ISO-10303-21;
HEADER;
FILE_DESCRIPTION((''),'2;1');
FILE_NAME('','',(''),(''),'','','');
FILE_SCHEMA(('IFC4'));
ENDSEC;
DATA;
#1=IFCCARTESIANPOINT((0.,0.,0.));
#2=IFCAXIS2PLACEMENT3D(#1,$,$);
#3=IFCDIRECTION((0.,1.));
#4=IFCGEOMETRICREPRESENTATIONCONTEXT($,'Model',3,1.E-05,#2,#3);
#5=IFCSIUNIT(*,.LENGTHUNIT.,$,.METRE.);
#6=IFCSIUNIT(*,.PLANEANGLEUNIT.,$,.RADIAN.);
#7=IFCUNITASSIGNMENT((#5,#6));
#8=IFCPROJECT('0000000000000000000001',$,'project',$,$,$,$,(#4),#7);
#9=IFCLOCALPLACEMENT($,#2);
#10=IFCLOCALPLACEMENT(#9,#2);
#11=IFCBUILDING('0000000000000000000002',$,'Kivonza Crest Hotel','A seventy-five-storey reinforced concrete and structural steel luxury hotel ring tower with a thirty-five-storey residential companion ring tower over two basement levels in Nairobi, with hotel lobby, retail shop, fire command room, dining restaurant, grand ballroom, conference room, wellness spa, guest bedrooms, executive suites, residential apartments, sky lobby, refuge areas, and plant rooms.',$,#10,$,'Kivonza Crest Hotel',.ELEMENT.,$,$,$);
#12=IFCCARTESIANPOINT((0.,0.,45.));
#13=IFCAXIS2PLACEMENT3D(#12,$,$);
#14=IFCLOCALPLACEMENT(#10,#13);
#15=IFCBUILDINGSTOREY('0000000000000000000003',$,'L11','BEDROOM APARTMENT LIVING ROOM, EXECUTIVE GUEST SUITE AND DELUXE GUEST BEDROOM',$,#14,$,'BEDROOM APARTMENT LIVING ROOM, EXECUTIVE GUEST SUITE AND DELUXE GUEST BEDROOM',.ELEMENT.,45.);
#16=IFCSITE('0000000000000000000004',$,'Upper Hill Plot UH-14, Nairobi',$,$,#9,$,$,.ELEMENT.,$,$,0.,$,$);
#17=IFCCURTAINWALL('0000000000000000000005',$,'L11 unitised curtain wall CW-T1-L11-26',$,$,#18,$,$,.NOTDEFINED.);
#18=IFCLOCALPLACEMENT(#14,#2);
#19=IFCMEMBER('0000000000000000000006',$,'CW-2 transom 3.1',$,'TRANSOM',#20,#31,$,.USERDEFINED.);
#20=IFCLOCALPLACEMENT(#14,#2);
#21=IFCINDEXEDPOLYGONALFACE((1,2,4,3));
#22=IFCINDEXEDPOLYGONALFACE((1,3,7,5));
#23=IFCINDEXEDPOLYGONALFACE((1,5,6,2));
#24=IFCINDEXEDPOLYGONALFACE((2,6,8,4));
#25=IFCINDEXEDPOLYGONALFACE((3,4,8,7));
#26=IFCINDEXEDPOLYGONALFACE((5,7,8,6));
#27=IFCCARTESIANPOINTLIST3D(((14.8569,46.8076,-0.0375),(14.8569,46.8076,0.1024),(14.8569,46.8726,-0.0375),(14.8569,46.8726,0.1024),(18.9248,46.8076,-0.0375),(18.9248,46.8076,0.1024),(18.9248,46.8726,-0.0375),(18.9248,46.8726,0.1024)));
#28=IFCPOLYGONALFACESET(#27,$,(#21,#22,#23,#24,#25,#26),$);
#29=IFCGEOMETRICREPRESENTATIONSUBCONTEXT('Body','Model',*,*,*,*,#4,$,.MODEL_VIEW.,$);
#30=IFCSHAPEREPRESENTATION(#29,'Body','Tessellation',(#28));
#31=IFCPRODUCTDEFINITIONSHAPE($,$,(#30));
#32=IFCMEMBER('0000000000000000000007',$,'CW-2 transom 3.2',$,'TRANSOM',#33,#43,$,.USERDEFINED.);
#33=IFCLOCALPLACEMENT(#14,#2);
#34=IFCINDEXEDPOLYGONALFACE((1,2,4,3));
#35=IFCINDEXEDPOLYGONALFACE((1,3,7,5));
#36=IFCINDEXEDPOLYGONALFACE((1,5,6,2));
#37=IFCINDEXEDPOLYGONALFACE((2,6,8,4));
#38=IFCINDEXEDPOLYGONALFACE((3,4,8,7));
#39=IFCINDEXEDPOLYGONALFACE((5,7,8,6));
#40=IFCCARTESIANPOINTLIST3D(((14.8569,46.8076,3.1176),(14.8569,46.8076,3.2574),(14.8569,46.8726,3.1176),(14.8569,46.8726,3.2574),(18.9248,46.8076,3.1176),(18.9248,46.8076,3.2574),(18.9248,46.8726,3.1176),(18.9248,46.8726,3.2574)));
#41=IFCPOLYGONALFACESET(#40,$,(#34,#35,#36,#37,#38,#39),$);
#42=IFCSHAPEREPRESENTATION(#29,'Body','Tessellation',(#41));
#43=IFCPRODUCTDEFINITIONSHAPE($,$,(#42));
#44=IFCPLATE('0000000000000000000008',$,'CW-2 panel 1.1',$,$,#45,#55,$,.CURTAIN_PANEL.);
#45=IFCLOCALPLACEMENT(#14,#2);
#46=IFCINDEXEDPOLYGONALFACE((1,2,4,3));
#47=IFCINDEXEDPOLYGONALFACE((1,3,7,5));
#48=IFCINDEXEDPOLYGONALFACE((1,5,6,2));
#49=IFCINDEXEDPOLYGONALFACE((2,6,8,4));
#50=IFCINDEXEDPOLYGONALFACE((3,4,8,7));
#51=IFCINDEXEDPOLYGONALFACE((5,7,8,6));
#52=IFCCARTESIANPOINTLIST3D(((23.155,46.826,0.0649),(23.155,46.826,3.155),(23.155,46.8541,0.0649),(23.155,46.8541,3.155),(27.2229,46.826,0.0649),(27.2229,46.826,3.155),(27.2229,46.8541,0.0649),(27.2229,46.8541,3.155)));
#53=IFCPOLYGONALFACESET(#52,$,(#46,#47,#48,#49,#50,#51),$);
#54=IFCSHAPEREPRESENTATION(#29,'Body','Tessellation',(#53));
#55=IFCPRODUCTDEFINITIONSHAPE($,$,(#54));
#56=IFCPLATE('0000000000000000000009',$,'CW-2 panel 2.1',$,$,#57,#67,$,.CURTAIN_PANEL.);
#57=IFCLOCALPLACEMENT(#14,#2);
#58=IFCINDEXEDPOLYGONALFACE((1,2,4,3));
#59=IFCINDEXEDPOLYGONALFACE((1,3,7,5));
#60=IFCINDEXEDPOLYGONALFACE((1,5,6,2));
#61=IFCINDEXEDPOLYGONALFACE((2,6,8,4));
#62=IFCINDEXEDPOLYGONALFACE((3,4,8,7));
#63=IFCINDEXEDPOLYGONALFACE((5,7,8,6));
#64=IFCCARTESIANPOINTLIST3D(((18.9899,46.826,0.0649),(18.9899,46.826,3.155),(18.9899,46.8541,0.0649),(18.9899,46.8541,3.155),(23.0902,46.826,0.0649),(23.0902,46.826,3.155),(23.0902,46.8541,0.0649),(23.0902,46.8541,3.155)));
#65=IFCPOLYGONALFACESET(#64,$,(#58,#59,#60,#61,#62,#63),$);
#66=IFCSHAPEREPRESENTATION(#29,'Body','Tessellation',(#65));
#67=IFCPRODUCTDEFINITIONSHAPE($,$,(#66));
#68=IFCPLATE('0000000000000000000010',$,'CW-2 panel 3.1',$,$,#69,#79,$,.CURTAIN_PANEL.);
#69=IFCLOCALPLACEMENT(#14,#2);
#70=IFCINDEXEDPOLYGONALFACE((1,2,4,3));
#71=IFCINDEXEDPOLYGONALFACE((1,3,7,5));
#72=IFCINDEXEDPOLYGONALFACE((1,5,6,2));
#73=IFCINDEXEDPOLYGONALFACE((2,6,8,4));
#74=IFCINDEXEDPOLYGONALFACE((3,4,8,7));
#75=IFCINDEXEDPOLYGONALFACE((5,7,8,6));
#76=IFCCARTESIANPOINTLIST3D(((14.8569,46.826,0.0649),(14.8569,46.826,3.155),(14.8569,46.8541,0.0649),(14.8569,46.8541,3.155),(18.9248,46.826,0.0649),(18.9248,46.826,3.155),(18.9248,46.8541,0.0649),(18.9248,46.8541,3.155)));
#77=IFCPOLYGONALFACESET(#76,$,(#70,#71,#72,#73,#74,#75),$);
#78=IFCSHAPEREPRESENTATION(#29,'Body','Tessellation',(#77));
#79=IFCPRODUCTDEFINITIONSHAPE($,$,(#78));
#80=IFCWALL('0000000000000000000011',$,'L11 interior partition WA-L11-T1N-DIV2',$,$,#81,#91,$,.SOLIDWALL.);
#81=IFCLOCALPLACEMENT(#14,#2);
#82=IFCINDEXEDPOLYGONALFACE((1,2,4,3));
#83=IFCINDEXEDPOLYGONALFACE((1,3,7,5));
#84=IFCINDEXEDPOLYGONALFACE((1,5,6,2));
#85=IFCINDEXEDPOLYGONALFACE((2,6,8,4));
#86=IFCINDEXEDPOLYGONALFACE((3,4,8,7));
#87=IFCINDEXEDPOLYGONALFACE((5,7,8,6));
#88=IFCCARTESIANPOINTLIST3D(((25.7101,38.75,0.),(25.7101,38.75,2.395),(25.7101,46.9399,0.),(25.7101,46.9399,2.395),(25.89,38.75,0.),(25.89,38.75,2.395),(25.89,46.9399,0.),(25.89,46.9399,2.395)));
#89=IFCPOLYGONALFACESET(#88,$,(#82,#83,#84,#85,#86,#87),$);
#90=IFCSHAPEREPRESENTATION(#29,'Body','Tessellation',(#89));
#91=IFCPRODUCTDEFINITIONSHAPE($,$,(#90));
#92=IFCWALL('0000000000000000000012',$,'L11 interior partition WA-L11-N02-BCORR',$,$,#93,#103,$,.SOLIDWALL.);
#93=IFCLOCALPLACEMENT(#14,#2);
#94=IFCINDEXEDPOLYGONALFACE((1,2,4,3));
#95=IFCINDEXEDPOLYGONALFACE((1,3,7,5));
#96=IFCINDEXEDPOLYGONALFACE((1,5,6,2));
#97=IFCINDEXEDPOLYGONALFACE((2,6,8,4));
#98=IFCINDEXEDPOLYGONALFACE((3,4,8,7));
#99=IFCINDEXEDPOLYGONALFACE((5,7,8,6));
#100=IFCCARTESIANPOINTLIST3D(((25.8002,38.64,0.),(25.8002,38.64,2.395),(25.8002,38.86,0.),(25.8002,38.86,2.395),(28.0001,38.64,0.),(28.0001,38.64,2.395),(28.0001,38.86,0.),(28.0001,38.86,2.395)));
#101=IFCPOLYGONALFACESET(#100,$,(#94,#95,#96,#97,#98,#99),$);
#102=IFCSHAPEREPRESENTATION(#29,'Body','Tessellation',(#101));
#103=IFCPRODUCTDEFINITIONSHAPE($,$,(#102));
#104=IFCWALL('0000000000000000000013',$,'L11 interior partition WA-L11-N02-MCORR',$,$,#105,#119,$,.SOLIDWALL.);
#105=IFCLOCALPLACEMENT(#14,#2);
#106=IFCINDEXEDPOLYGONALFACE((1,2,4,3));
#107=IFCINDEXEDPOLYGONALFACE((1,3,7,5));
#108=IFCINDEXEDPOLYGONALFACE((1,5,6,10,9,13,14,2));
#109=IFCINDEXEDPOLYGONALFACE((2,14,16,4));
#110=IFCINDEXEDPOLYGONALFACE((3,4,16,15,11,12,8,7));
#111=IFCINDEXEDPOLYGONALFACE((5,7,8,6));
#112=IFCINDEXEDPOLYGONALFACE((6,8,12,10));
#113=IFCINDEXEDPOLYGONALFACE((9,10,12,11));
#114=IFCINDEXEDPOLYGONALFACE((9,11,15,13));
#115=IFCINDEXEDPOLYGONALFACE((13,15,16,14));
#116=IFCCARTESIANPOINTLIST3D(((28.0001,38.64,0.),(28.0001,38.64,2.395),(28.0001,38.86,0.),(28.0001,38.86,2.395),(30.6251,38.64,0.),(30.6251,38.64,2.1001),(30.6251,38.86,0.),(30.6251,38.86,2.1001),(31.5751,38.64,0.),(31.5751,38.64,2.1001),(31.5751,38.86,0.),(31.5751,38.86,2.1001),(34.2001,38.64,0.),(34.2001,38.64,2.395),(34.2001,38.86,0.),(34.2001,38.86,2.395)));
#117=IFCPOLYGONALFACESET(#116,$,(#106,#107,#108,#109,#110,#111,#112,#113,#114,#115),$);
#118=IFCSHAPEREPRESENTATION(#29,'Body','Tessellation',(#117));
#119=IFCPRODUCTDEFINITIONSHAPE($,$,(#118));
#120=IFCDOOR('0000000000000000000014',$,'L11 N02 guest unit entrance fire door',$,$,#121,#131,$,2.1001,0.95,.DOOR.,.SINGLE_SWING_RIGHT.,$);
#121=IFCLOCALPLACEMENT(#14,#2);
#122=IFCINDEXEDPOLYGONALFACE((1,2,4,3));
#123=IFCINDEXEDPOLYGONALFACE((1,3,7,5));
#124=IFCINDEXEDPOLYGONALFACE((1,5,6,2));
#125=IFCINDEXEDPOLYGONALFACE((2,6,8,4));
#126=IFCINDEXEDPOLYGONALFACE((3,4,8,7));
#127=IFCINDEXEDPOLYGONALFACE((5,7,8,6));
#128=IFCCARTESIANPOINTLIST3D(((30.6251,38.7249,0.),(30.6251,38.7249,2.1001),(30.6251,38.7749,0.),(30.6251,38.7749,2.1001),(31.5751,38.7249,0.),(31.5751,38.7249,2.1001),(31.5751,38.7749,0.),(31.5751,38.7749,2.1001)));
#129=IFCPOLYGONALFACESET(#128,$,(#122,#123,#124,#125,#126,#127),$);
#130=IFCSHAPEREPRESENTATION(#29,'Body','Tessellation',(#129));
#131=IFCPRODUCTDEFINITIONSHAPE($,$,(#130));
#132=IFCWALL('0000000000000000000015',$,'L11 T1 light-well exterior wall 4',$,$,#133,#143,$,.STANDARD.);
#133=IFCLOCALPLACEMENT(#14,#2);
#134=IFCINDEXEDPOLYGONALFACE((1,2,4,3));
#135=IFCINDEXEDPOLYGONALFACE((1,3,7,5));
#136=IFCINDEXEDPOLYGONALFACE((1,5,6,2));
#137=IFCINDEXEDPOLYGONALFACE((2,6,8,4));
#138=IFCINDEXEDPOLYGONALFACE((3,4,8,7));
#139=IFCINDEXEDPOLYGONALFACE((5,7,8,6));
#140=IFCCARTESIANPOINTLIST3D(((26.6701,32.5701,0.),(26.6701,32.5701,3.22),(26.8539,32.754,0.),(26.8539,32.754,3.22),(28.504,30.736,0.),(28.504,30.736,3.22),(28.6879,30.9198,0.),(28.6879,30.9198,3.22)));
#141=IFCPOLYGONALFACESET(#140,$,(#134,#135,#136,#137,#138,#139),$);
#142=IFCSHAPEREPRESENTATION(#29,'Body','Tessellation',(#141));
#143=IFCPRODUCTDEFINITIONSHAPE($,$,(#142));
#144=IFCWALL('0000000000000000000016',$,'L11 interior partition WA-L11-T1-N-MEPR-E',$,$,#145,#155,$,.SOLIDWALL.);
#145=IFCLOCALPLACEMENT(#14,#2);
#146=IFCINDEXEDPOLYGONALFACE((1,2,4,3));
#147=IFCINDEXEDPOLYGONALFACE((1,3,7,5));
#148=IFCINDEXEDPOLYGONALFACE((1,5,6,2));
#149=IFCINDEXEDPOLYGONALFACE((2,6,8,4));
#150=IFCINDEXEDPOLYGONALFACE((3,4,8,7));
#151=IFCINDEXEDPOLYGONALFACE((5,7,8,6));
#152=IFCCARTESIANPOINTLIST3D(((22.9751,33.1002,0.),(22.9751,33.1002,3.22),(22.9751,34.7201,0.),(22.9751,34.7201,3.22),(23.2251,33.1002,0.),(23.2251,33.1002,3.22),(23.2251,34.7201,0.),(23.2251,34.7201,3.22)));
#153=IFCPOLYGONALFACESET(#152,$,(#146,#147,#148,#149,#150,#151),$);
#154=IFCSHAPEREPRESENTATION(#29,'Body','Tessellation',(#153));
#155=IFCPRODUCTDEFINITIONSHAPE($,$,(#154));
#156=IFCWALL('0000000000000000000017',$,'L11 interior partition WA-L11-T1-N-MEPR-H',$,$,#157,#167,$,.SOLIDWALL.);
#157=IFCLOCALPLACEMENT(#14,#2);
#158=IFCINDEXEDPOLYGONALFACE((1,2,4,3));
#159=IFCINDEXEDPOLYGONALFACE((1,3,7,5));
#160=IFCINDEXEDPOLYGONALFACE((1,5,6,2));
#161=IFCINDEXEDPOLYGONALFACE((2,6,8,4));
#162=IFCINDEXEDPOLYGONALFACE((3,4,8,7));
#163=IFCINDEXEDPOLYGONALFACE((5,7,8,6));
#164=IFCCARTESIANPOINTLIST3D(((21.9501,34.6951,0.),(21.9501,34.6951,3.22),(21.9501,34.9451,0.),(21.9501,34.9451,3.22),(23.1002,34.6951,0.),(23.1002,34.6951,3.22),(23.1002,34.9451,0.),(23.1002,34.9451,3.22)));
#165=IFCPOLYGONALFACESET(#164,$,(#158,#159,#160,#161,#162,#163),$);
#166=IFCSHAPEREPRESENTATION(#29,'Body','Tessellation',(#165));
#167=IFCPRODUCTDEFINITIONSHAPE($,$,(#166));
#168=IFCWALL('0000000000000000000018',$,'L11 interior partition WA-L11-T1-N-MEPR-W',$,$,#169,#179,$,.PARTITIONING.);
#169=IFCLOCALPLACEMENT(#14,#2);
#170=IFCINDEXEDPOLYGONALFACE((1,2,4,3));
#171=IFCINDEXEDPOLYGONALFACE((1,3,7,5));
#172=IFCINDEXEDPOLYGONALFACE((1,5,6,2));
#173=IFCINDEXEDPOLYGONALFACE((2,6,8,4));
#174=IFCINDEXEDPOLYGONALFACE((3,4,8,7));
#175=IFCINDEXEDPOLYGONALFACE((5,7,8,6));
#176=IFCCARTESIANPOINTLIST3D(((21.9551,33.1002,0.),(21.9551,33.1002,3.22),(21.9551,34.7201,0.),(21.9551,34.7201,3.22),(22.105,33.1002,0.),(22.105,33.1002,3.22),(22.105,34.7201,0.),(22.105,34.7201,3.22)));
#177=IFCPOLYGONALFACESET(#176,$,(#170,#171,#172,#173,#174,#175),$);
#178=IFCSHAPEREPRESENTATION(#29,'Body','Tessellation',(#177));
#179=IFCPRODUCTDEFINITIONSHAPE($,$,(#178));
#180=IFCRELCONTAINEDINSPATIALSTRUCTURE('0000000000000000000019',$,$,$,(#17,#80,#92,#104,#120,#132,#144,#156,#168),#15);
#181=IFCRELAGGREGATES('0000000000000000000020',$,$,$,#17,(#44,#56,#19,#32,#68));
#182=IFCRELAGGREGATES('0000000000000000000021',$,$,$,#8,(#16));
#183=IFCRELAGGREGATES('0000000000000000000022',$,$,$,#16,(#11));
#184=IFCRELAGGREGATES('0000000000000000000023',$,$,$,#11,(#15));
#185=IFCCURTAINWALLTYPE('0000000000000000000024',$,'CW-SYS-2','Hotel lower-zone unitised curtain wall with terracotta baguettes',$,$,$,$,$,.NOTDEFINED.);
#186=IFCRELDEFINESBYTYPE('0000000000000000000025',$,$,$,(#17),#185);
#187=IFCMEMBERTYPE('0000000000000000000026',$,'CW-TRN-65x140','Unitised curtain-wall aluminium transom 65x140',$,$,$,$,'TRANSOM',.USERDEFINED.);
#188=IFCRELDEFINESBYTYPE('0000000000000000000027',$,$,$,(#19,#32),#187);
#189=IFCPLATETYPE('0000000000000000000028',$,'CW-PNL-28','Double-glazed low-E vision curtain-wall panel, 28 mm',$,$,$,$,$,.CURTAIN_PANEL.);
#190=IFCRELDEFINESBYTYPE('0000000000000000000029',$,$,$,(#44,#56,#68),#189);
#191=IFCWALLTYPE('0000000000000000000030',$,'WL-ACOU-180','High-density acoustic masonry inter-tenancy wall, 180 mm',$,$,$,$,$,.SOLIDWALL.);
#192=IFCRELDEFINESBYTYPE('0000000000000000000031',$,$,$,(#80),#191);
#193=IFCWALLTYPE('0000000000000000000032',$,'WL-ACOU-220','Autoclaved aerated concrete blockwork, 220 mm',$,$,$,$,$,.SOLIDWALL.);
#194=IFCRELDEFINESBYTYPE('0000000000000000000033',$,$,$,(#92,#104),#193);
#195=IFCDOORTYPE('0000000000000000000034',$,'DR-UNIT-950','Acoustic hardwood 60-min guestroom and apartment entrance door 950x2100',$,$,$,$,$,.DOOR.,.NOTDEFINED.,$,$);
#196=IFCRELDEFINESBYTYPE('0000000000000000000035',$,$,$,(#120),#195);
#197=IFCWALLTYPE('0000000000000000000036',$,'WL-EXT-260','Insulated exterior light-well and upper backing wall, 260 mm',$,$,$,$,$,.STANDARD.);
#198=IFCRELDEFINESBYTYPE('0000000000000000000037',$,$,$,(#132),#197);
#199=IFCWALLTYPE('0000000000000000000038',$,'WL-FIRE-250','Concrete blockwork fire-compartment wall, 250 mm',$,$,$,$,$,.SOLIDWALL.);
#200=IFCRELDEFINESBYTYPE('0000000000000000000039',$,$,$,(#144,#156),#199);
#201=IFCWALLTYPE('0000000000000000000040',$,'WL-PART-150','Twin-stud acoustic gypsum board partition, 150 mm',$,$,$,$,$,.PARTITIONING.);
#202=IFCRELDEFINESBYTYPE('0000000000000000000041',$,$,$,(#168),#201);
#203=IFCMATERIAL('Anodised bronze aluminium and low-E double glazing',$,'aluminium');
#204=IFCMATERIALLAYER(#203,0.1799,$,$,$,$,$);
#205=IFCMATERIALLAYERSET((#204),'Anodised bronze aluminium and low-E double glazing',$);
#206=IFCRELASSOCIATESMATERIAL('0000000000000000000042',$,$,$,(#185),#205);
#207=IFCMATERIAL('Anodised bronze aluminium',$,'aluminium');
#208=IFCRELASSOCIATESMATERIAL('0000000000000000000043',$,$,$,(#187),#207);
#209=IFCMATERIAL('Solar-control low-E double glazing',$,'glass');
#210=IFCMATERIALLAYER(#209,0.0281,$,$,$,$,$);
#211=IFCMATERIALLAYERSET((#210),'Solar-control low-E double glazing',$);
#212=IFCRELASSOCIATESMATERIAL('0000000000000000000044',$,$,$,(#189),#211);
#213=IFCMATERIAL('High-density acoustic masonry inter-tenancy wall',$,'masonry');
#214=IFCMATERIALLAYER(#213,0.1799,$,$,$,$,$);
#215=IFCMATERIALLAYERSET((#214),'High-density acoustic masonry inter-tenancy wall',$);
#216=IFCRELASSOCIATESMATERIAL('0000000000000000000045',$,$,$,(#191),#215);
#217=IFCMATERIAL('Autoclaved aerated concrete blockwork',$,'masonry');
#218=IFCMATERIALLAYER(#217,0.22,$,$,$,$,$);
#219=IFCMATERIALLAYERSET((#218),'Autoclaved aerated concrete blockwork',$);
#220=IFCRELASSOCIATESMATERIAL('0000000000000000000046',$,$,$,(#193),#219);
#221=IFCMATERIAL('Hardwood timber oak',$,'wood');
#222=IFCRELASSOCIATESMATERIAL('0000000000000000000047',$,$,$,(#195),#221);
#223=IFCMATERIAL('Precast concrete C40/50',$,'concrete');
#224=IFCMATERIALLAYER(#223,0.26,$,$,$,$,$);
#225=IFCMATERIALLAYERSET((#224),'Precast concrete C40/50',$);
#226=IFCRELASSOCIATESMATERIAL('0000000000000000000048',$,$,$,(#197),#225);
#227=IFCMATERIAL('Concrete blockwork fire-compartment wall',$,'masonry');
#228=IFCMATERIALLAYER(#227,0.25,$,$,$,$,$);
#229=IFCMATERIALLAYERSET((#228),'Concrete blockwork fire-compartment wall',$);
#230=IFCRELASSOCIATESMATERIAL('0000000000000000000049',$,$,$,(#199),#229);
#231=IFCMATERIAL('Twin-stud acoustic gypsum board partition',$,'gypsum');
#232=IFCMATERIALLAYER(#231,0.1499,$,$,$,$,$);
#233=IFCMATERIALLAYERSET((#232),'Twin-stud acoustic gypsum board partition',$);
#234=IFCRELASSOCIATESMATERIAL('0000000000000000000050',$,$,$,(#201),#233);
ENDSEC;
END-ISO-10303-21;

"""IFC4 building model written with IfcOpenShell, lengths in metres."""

from ifc_helpers import new_model, si_unit, direction, frame, frame_2d, origin, origin_2d, place, context, subcontext, project, spatial, rectangle, extrude, material, layer, layer_set, material_profile, profile_set, type_object, element, fill, aggregate, save


model = new_model("IFC4")

# Units and contexts
model_context = context("Model", 3, precision=1e-05, world=origin(), true_north=direction((0.0, 1.0)))
body_context = subcontext(model_context, "Body", "Model", "MODEL_VIEW")
ifc_project = project(units=[si_unit("LENGTHUNIT", "METRE"), si_unit("PLANEANGLEUNIT", "RADIAN")], contexts=[model_context])

# Site, building, storey
site_placement = place(None, origin())
site = spatial("IfcSite", under=ifc_project, at=site_placement, Name="Upper Hill Plot UH-14, Nairobi", CompositionType="ELEMENT", RefElevation=0.0)
building_placement = place(site_placement, origin())
building = spatial("IfcBuilding", under=site, at=building_placement, Name="Kivonza Crest Hotel", Description="A seventy-five-storey reinforced concrete and structural steel luxury hotel ring tower with a thirty-five-storey residential companion ring tower over two basement levels in Nairobi, with hotel lobby, retail shop, fire command room, dining restaurant, grand ballroom, conference room, wellness spa, guest bedrooms, executive suites, residential apartments, sky lobby, refuge areas, and plant rooms.", LongName="Kivonza Crest Hotel", CompositionType="ELEMENT")
storey_placement = place(building_placement, frame((0.0, 0.0, 45.0)))
storey = spatial("IfcBuildingStorey", under=building, at=storey_placement, Name="L11", Description="BEDROOM APARTMENT LIVING ROOM, EXECUTIVE GUEST SUITE AND DELUXE GUEST BEDROOM", LongName="BEDROOM APARTMENT LIVING ROOM, EXECUTIVE GUEST SUITE AND DELUXE GUEST BEDROOM", CompositionType="ELEMENT", Elevation=45.0)

# Curtain wall, members, plates
ifc_material_1 = material(Name="Anodised bronze aluminium and low-E double glazing", Category="aluminium")
ifc_layer_1 = layer(ifc_material_1, 0.1799)
ifc_layer_set_1 = layer_set([ifc_layer_1], Name="Anodised bronze aluminium and low-E double glazing")
curtain_wall_type = type_object("IfcCurtainWallType", Name="CW-SYS-2", Description="Hotel lower-zone unitised curtain wall with terracotta baguettes", PredefinedType="NOTDEFINED", material=ifc_layer_set_1)
curtain_wall_placement = place(storey_placement, origin())
curtain_wall = element("IfcCurtainWall", 1, at=curtain_wall_placement, inside=storey, type_object=curtain_wall_type, Name="L11 unitised curtain wall CW-T1-L11-26", PredefinedType="NOTDEFINED")
ifc_material_2 = material(Name="Anodised bronze aluminium", Category="aluminium")
ifc_material_profile_1 = material_profile(ifc_material_2, rectangle(XDim=0.0649, YDim=0.1399, at=origin_2d()), Name="CW-T 65x140")
ifc_profile_set_1 = profile_set([ifc_material_profile_1], Name="Anodised bronze aluminium")
member_type_1 = type_object("IfcMemberType", Name="CW-TRN-65x140", Description="Unitised curtain-wall aluminium transom 65x140", ElementType="TRANSOM", PredefinedType="USERDEFINED", material=ifc_profile_set_1)
member_1_placement = place(storey_placement, frame((18.9248, 46.8401, 0.0325), z_axis=(-1.0, 0.0, 0.0), x_axis=(0.0, -1.0, 0.0)))
member_1 = element("IfcMember", 2, at=member_1_placement, type_object=member_type_1, Name="CW-2 transom 3.1", ObjectType="TRANSOM", PredefinedType="USERDEFINED", context=body_context, shape_type="SweptSolid", body=[
    extrude(rectangle(XDim=0.0649, YDim=0.1399, at=origin_2d()), origin(), (0.0, 0.0, 1.0), 4.0679),
])
member_2_placement = place(storey_placement, frame((18.9248, 46.8401, 3.1875), z_axis=(-1.0, 0.0, 0.0), x_axis=(0.0, -1.0, 0.0)))
member_2 = element("IfcMember", 3, at=member_2_placement, type_object=member_type_1, Name="CW-2 transom 3.2", ObjectType="TRANSOM", PredefinedType="USERDEFINED", context=body_context, shape_type="SweptSolid", body=[
    extrude(rectangle(XDim=0.0649, YDim=0.1399, at=origin_2d()), origin(), (0.0, 0.0, 1.0), 4.0679),
])
ifc_material_3 = material(Name="Solar-control low-E double glazing", Category="glass")
ifc_layer_2 = layer(ifc_material_3, 0.0281)
ifc_layer_set_2 = layer_set([ifc_layer_2], Name="Solar-control low-E double glazing")
plate_type = type_object("IfcPlateType", Name="CW-PNL-28", Description="Double-glazed low-E vision curtain-wall panel, 28 mm", PredefinedType="CURTAIN_PANEL", material=ifc_layer_set_2)
plate_1_placement = place(storey_placement, frame((25.189, 46.8401, 0.0649), z_axis=(0.0, 0.0, 1.0), x_axis=(-1.0, 0.0, 0.0)))
plate_1 = element("IfcPlate", 4, at=plate_1_placement, type_object=plate_type, Name="CW-2 panel 1.1", PredefinedType="CURTAIN_PANEL", context=body_context, shape_type="SweptSolid", body=[
    extrude(rectangle(XDim=4.0679, YDim=0.0281, at=origin_2d()), origin(), (0.0, 0.0, 1.0), 3.0901),
])
plate_2_placement = place(storey_placement, frame((21.04, 46.8401, 0.0649), z_axis=(0.0, 0.0, 1.0), x_axis=(-1.0, 0.0, 0.0)))
plate_2 = element("IfcPlate", 5, at=plate_2_placement, type_object=plate_type, Name="CW-2 panel 2.1", PredefinedType="CURTAIN_PANEL", context=body_context, shape_type="SweptSolid", body=[
    extrude(rectangle(XDim=4.1003, YDim=0.0281, at=origin_2d()), origin(), (0.0, 0.0, 1.0), 3.0901),
])
plate_3_placement = place(storey_placement, frame((16.8909, 46.8401, 0.0649), z_axis=(0.0, 0.0, 1.0), x_axis=(-1.0, 0.0, 0.0)))
plate_3 = element("IfcPlate", 6, at=plate_3_placement, type_object=plate_type, Name="CW-2 panel 3.1", PredefinedType="CURTAIN_PANEL", context=body_context, shape_type="SweptSolid", body=[
    extrude(rectangle(XDim=4.0679, YDim=0.0281, at=origin_2d()), origin(), (0.0, 0.0, 1.0), 3.0901),
])
aggregate(curtain_wall, [plate_1, plate_2, member_1, member_2, plate_3])

# Walls
ifc_material_4 = material(Name="High-density acoustic masonry inter-tenancy wall", Category="masonry")
ifc_layer_3 = layer(ifc_material_4, 0.1799)
ifc_layer_set_3 = layer_set([ifc_layer_3], Name="High-density acoustic masonry inter-tenancy wall")
wall_type_1 = type_object("IfcWallType", Name="WL-ACOU-180", Description="High-density acoustic masonry inter-tenancy wall, 180 mm", PredefinedType="SOLIDWALL", material=ifc_layer_set_3)
wall_1_placement = place(storey_placement, frame((25.8, 38.75, 0.0), z_axis=(0.0, 0.0, 1.0), x_axis=(0.0, 1.0, 0.0)))
element("IfcWall", 7, at=wall_1_placement, inside=storey, type_object=wall_type_1, Name="L11 interior partition WA-L11-T1N-DIV2", PredefinedType="SOLIDWALL", context=body_context, shape_type="SweptSolid", body=[
    extrude(rectangle(XDim=8.1899, YDim=0.1799, at=frame_2d((4.095, 0.0))), origin(), (0.0, 0.0, 1.0), 2.395),
])
ifc_material_5 = material(Name="Autoclaved aerated concrete blockwork", Category="masonry")
ifc_layer_4 = layer(ifc_material_5, 0.22)
ifc_layer_set_4 = layer_set([ifc_layer_4], Name="Autoclaved aerated concrete blockwork")
wall_type_2 = type_object("IfcWallType", Name="WL-ACOU-220", Description="Autoclaved aerated concrete blockwork, 220 mm", PredefinedType="SOLIDWALL", material=ifc_layer_set_4)
wall_2_placement = place(storey_placement, frame((25.8, 38.75, 0.0), z_axis=(0.0, 0.0, 1.0), x_axis=(1.0, 0.0, 0.0)))
element("IfcWall", 8, at=wall_2_placement, inside=storey, type_object=wall_type_2, Name="L11 interior partition WA-L11-N02-BCORR", PredefinedType="SOLIDWALL", context=body_context, shape_type="SweptSolid", body=[
    extrude(rectangle(XDim=2.2, YDim=0.22, at=frame_2d((1.1001, 0.0))), origin(), (0.0, 0.0, 1.0), 2.395),
])

# Wall, opening, door
wall_3_placement = place(storey_placement, frame((28.0, 38.75, 0.0), z_axis=(0.0, 0.0, 1.0), x_axis=(1.0, 0.0, 0.0)))
wall_3 = element("IfcWall", 9, at=wall_3_placement, inside=storey, type_object=wall_type_2, Name="L11 interior partition WA-L11-N02-MCORR", PredefinedType="SOLIDWALL", context=body_context, shape_type="SweptSolid", body=[
    extrude(rectangle(XDim=6.2, YDim=0.22, at=frame_2d((3.1001, 0.0))), origin(), (0.0, 0.0, 1.0), 2.395),
])
opening_1_placement = place(wall_3_placement, frame((2.625, 0.0, 0.0)))
opening_1 = element("IfcOpeningElement", 10, at=opening_1_placement, cuts=wall_3, PredefinedType="OPENING", context=body_context, shape_type="SweptSolid", body=[
    extrude(rectangle(XDim=0.95, YDim=2.1001, at=frame_2d((0.4751, 1.05))), frame((0.0, 0.1201, 0.0), z_axis=(0.0, -1.0, 0.0), x_axis=(1.0, 0.0, 0.0)), (0.0, 0.0, 1.0), 0.24),
])
ifc_material_6 = material(Name="Hardwood timber oak", Category="wood")
door_type_1 = type_object("IfcDoorType", Name="DR-UNIT-950", Description="Acoustic hardwood 60-min guestroom and apartment entrance door 950x2100", OperationType="NOTDEFINED", PredefinedType="DOOR", material=ifc_material_6)
door_1_placement = place(opening_1_placement, origin())
door_1 = element("IfcDoor", 11, at=door_1_placement, inside=storey, type_object=door_type_1, Name="L11 N02 guest unit entrance fire door", OperationType="SINGLE_SWING_RIGHT", OverallHeight=2.1001, OverallWidth=0.95, PredefinedType="DOOR", context=body_context, shape_type="SweptSolid", body=[
    extrude(rectangle(XDim=0.95, YDim=2.1001, at=frame_2d((0.4751, 1.05))), frame((0.0, 0.0249, 0.0), z_axis=(0.0, -1.0, 0.0), x_axis=(1.0, 0.0, 0.0)), (0.0, 0.0, 1.0), 0.05),
])
fill(opening_1, door_1)

# Walls
ifc_material_7 = material(Name="Precast concrete C40/50", Category="concrete")
ifc_layer_5 = layer(ifc_material_7, 0.26)
ifc_layer_set_5 = layer_set([ifc_layer_5], Name="Precast concrete C40/50")
wall_type_3 = type_object("IfcWallType", Name="WL-EXT-260", Description="Insulated exterior light-well and upper backing wall, 260 mm", PredefinedType="STANDARD", material=ifc_layer_set_5)
wall_4_placement = place(storey_placement, frame((28.5959, 30.8279, 0.0), z_axis=(0.0, 0.0, 1.0), x_axis=(-0.70706, 0.707154, 0.0)))
element("IfcWall", 12, at=wall_4_placement, inside=storey, type_object=wall_type_3, Name="L11 T1 light-well exterior wall 4", PredefinedType="STANDARD", context=body_context, shape_type="SweptSolid", body=[
    extrude(rectangle(XDim=2.5938, YDim=0.26, at=frame_2d((1.2969, 0.0))), origin(), (0.0, 0.0, 1.0), 3.22),
])
ifc_material_8 = material(Name="Concrete blockwork fire-compartment wall", Category="masonry")
ifc_layer_6 = layer(ifc_material_8, 0.25)
ifc_layer_set_6 = layer_set([ifc_layer_6], Name="Concrete blockwork fire-compartment wall")
wall_type_4 = type_object("IfcWallType", Name="WL-FIRE-250", Description="Concrete blockwork fire-compartment wall, 250 mm", PredefinedType="SOLIDWALL", material=ifc_layer_set_6)
wall_5_placement = place(storey_placement, frame((23.1001, 33.1001, 0.0), z_axis=(0.0, 0.0, 1.0), x_axis=(0.0, 1.0, 0.0)))
element("IfcWall", 13, at=wall_5_placement, inside=storey, type_object=wall_type_4, Name="L11 interior partition WA-L11-T1-N-MEPR-E", PredefinedType="SOLIDWALL", context=body_context, shape_type="SweptSolid", body=[
    extrude(rectangle(XDim=1.6199, YDim=0.25, at=frame_2d((0.8101, 0.0))), origin(), (0.0, 0.0, 1.0), 3.22),
])
wall_6_placement = place(storey_placement, frame((21.95, 34.8201, 0.0), z_axis=(0.0, 0.0, 1.0), x_axis=(1.0, 0.0, 0.0)))
element("IfcWall", 14, at=wall_6_placement, inside=storey, type_object=wall_type_4, Name="L11 interior partition WA-L11-T1-N-MEPR-H", PredefinedType="SOLIDWALL", context=body_context, shape_type="SweptSolid", body=[
    extrude(rectangle(XDim=1.1501, YDim=0.25, at=frame_2d((0.5752, 0.0))), origin(), (0.0, 0.0, 1.0), 3.22),
])
ifc_material_9 = material(Name="Twin-stud acoustic gypsum board partition", Category="gypsum")
ifc_layer_7 = layer(ifc_material_9, 0.1499)
ifc_layer_set_7 = layer_set([ifc_layer_7], Name="Twin-stud acoustic gypsum board partition")
wall_type_5 = type_object("IfcWallType", Name="WL-PART-150", Description="Twin-stud acoustic gypsum board partition, 150 mm", PredefinedType="PARTITIONING", material=ifc_layer_set_7)
wall_7_placement = place(storey_placement, frame((22.03, 33.1001, 0.0), z_axis=(0.0, 0.0, 1.0), x_axis=(0.0, 1.0, 0.0)))
element("IfcWall", 15, at=wall_7_placement, inside=storey, type_object=wall_type_5, Name="L11 interior partition WA-L11-T1-N-MEPR-W", PredefinedType="PARTITIONING", context=body_context, shape_type="SweptSolid", body=[
    extrude(rectangle(XDim=1.6199, YDim=0.1499, at=frame_2d((0.8101, 0.0))), origin(), (0.0, 0.0, 1.0), 3.22),
])

save(model, "model.ifc")
